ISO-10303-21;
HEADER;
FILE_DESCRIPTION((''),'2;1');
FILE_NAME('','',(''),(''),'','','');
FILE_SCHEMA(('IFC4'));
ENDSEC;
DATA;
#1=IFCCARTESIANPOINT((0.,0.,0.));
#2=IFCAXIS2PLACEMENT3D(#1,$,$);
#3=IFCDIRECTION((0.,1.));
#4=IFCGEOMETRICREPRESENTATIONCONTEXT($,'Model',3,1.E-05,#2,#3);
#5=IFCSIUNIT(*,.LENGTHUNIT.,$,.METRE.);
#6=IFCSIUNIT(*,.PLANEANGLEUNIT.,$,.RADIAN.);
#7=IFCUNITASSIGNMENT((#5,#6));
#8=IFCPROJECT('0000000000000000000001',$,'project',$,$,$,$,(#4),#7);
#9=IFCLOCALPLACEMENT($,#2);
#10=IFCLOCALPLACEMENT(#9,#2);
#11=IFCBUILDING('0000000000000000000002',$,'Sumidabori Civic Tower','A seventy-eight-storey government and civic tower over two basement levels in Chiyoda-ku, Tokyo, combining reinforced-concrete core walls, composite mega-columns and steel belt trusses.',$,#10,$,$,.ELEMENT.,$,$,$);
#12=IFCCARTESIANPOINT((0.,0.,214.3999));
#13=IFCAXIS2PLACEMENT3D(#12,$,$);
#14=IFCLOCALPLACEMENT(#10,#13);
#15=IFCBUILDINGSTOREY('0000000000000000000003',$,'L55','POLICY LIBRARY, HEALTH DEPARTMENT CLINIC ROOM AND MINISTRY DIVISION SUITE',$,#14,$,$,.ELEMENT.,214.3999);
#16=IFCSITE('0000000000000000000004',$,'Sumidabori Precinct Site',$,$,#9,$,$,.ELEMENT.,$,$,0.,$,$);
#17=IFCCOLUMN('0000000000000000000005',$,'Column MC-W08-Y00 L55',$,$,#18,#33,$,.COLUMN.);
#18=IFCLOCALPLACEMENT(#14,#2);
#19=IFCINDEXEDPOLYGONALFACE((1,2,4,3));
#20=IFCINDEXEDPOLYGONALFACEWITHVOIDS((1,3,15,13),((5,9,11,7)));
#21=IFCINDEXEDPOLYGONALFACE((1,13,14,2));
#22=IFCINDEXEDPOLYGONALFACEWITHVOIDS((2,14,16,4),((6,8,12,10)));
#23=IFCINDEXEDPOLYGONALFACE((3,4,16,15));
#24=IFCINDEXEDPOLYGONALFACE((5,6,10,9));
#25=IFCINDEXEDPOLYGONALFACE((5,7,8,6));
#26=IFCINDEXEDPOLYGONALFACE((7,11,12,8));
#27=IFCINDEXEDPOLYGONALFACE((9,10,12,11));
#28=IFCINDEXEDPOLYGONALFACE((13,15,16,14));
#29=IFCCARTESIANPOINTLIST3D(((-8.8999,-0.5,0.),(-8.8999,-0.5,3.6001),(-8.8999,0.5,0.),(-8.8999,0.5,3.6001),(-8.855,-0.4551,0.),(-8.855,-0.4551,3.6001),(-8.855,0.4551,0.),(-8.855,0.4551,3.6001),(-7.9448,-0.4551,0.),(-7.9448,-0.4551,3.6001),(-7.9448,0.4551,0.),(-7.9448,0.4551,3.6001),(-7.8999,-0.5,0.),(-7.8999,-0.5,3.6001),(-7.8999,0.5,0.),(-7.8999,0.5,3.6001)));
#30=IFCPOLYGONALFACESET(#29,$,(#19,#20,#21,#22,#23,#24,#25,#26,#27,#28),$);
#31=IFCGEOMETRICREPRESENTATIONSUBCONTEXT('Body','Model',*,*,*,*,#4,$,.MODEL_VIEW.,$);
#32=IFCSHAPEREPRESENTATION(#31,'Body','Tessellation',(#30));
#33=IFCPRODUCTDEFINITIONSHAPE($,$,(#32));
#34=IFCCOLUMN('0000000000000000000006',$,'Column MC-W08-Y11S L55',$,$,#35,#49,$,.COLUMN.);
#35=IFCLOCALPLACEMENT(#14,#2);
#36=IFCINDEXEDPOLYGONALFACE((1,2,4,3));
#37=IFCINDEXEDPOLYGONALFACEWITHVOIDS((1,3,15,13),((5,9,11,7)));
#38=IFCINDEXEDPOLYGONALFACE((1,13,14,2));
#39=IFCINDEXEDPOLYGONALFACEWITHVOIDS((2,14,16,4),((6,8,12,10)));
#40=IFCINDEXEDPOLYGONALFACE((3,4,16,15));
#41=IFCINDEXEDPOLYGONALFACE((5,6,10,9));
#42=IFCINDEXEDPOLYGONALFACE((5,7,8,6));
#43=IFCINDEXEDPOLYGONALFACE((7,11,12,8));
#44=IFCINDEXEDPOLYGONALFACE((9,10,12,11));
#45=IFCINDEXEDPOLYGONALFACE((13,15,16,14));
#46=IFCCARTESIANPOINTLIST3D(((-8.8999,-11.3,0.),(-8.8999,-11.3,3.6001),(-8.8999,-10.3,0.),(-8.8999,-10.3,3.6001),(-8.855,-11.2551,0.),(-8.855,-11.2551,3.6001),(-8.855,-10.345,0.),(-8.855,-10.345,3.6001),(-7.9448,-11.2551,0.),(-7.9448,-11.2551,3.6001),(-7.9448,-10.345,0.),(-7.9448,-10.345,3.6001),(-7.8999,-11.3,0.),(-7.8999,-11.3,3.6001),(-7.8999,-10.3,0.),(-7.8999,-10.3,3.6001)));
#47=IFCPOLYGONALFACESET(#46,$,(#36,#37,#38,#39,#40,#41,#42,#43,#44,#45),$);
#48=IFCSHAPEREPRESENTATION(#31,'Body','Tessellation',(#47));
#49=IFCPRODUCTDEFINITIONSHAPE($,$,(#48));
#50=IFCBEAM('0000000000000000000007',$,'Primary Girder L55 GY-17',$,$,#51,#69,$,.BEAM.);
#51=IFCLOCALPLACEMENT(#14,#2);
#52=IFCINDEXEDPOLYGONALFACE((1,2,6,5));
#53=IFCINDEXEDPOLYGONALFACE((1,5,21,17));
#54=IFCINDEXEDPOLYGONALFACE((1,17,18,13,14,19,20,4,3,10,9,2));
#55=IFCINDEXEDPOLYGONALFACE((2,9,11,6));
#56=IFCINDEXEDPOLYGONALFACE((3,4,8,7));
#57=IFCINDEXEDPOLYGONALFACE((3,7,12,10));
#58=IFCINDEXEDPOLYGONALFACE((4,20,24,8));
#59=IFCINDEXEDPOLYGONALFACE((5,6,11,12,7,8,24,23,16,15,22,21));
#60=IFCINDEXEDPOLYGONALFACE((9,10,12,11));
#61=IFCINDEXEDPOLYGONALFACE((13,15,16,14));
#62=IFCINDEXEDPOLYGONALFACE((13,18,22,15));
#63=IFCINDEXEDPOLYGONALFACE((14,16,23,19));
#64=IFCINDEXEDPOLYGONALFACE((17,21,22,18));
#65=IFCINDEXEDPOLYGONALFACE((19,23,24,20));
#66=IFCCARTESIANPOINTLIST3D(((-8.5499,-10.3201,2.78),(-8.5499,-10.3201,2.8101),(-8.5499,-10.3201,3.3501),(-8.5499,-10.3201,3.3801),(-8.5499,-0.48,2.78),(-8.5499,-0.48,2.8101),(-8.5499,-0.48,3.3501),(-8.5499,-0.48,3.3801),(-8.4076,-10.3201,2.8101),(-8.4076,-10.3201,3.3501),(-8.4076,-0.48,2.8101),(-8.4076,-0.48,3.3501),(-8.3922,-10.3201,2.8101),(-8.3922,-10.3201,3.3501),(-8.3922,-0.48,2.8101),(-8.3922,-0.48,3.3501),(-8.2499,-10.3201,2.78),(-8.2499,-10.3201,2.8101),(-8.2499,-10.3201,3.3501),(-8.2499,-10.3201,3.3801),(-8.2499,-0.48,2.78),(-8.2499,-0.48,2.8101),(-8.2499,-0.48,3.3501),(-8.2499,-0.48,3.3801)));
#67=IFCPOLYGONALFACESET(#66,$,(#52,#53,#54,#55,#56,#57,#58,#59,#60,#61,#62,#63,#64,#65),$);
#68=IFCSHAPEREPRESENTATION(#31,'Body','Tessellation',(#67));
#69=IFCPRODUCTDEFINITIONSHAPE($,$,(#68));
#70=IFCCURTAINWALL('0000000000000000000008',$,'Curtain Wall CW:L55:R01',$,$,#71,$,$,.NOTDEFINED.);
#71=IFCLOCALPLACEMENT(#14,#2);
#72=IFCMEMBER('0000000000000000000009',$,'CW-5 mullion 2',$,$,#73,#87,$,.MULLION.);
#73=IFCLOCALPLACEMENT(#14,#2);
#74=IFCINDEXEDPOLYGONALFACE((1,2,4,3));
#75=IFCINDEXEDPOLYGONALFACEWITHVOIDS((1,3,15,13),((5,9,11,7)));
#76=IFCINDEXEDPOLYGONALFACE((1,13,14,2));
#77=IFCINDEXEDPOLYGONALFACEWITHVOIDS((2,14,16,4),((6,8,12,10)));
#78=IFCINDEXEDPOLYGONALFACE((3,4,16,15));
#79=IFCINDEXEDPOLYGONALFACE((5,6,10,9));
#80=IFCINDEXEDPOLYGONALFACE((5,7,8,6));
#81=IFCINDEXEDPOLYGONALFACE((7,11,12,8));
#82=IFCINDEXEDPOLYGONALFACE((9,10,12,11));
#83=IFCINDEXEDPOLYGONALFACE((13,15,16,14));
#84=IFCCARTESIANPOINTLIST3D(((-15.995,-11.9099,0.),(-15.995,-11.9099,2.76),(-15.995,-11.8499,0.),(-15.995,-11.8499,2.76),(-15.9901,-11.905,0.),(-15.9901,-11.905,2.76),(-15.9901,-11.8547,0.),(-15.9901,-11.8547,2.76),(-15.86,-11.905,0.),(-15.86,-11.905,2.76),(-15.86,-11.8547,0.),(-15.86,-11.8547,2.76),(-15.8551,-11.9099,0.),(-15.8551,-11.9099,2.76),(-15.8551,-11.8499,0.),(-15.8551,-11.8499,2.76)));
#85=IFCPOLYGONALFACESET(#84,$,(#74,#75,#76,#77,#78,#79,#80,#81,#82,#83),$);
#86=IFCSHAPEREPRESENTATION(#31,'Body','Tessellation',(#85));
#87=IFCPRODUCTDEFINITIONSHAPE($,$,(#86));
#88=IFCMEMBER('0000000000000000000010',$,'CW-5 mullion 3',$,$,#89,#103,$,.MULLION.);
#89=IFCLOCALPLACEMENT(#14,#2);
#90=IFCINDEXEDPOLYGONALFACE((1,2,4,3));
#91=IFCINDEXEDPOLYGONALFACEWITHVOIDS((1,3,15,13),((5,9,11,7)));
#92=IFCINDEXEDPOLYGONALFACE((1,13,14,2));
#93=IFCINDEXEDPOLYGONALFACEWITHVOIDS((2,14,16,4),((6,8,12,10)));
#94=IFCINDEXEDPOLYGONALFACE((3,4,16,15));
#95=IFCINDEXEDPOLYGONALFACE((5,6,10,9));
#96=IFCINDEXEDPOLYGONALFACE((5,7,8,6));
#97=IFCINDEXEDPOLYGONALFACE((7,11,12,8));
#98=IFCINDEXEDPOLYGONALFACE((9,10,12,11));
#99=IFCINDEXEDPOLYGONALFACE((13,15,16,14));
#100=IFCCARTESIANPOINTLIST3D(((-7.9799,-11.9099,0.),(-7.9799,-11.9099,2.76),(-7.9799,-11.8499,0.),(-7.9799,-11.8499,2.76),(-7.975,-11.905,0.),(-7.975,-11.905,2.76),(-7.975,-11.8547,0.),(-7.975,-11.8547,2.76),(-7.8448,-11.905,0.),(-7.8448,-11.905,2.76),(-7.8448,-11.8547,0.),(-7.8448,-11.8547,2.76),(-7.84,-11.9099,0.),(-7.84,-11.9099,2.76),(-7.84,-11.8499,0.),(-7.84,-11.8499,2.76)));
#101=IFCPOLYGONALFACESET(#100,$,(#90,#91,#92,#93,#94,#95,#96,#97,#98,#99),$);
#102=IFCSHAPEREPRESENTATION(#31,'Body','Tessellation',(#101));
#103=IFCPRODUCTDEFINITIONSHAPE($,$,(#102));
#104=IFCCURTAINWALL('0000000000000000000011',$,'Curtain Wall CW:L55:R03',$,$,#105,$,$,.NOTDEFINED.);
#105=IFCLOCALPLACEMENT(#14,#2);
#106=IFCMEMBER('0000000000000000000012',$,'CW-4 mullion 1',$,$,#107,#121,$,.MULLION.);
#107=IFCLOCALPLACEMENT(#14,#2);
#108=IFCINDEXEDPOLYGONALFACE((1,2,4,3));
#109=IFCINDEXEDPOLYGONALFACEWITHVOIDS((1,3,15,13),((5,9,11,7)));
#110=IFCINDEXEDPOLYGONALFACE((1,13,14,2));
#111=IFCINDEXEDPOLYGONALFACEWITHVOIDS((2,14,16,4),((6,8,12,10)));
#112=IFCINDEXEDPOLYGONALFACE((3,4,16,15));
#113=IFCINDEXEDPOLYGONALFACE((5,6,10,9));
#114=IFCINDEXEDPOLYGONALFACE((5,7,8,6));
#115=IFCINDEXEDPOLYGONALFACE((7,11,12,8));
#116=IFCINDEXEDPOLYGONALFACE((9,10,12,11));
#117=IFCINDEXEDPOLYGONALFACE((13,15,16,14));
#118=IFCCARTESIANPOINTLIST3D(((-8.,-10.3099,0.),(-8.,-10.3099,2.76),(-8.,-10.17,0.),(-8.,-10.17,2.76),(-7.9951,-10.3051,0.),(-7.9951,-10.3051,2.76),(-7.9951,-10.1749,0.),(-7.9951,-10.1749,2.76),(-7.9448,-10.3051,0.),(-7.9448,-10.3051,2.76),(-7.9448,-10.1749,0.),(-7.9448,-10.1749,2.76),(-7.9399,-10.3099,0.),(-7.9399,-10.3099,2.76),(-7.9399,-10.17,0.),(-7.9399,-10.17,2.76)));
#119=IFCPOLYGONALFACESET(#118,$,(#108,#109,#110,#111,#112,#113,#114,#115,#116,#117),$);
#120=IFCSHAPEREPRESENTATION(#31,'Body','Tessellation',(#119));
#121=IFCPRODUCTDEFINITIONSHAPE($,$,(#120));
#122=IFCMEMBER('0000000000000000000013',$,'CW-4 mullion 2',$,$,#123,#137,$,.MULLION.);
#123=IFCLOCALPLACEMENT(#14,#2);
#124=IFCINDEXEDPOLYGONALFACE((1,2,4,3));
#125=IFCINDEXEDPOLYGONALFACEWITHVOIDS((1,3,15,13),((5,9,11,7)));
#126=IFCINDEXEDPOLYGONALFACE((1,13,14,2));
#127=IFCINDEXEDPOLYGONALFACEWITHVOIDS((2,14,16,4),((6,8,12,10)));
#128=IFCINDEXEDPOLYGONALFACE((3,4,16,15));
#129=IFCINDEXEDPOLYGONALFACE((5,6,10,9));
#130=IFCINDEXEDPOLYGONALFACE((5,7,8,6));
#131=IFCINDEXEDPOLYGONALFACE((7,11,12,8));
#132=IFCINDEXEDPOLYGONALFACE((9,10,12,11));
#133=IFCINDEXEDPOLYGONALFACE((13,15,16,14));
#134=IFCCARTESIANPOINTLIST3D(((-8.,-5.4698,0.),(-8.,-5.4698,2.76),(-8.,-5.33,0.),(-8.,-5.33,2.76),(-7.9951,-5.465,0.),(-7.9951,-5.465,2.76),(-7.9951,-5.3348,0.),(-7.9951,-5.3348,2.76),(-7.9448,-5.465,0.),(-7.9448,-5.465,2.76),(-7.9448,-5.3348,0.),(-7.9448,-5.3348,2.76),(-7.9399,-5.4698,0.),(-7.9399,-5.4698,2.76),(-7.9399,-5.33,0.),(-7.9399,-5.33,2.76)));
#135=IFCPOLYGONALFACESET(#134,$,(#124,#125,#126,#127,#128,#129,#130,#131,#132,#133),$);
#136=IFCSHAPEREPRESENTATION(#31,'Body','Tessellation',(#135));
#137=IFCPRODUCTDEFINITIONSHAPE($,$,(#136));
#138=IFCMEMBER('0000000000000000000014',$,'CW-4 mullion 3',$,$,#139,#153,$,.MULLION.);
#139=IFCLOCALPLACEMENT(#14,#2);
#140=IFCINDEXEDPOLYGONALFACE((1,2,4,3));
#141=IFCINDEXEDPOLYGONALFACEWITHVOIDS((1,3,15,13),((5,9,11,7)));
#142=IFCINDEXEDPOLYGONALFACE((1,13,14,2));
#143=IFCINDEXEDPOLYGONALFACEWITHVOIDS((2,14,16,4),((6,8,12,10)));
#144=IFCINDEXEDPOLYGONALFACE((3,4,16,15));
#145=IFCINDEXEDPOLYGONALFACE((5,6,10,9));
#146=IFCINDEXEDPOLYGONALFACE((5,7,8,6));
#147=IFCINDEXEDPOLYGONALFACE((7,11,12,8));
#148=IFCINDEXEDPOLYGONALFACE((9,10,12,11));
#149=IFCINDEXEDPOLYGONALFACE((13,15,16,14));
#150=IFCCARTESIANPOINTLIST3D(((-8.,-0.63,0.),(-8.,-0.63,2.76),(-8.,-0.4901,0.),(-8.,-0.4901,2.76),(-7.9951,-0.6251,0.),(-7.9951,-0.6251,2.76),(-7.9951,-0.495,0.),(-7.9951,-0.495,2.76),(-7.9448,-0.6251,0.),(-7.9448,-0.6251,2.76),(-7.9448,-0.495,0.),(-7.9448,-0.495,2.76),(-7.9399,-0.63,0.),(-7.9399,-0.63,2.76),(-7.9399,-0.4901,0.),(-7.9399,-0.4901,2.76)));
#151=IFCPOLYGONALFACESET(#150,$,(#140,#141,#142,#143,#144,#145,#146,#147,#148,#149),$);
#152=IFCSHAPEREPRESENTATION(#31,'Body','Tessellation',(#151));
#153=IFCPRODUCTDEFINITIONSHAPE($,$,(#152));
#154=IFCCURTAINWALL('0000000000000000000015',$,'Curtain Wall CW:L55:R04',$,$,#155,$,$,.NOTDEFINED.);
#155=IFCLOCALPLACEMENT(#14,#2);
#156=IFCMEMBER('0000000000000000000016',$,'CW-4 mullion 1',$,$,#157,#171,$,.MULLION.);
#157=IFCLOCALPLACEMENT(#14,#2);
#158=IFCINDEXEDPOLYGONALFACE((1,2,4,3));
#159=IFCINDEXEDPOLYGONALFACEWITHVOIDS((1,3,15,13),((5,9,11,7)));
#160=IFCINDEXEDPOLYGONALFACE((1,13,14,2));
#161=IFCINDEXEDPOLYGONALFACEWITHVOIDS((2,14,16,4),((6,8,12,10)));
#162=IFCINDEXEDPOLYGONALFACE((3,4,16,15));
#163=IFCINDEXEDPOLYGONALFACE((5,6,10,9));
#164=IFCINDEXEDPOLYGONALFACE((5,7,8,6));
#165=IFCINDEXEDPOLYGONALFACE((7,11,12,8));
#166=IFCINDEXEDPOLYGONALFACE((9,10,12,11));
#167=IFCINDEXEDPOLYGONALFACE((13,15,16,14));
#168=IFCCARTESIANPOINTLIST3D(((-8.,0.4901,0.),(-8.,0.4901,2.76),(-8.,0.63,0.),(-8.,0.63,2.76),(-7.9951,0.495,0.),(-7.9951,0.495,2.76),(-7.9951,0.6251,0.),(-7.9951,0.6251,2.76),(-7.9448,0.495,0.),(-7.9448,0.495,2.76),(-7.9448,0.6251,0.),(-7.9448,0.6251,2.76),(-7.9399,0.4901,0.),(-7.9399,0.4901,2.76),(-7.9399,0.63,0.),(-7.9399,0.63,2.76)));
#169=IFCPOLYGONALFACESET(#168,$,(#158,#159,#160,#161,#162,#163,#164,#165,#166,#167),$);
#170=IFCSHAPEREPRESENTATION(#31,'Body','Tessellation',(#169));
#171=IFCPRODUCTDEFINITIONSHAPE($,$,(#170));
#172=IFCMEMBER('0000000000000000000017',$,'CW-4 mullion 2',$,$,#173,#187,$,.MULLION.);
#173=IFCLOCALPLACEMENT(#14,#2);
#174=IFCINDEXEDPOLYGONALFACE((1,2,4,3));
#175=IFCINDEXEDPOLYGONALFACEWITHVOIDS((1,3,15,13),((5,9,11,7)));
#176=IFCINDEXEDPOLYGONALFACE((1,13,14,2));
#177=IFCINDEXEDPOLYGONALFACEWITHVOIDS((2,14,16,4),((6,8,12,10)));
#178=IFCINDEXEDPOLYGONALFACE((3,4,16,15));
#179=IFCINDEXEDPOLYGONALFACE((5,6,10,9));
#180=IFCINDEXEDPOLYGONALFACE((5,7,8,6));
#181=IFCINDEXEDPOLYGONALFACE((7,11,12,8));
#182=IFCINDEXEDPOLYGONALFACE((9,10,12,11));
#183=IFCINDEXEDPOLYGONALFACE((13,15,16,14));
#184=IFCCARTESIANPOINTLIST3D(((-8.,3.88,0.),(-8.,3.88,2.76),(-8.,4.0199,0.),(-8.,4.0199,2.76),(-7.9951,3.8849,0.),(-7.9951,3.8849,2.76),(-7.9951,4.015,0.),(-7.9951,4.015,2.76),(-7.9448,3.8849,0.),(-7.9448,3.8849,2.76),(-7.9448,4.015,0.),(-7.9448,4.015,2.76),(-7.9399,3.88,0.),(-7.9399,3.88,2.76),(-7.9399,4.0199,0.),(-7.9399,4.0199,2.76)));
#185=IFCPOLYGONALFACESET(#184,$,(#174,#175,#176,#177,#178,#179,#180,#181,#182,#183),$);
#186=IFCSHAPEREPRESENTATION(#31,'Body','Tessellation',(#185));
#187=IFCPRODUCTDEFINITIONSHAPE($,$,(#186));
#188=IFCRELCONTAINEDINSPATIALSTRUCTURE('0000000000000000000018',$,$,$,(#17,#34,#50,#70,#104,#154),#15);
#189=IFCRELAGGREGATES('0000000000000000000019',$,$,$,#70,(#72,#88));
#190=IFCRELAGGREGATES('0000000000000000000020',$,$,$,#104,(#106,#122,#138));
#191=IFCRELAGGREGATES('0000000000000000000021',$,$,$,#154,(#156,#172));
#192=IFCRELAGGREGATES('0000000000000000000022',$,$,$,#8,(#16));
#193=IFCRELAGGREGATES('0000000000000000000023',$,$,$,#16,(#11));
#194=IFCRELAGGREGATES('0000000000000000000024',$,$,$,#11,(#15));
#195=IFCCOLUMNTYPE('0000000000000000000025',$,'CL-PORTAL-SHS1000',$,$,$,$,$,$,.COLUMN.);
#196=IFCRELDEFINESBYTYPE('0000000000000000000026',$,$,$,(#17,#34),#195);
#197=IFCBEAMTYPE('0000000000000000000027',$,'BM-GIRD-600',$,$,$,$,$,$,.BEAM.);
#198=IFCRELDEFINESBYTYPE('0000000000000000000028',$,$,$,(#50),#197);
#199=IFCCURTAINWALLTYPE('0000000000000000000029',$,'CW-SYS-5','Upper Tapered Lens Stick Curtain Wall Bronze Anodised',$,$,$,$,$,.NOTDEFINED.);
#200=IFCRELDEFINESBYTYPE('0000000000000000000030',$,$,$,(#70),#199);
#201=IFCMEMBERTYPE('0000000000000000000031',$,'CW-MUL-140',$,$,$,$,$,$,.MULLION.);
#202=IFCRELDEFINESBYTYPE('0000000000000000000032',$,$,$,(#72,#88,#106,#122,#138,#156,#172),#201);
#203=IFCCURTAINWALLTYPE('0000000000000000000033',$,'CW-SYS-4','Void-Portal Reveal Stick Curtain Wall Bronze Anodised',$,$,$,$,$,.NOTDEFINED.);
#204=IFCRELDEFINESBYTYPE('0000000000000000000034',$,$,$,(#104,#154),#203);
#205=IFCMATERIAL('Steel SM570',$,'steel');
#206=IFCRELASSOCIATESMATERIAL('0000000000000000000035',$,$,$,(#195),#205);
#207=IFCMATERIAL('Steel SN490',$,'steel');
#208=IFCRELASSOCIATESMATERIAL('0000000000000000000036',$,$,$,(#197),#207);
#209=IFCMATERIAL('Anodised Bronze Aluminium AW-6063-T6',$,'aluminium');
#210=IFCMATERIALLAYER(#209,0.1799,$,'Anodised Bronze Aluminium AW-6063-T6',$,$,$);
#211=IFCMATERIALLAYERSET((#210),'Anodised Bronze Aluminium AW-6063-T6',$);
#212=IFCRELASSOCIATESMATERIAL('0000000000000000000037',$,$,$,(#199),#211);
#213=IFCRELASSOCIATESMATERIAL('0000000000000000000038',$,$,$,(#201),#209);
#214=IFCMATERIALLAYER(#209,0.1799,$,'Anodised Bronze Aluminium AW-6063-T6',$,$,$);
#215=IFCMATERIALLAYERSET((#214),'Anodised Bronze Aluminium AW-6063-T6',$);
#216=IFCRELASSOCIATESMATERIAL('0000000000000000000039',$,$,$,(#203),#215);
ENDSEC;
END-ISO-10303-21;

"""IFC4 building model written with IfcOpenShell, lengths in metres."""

from ifc_helpers import new_model, si_unit, direction, frame, origin, origin_2d, place, context, subcontext, project, spatial, hollow_rectangle, i_section, extrude, source, transform, mapped, material, layer, layer_set, material_profile, profile_set, type_object, element, aggregate, save


model = new_model("IFC4")

# Units and contexts
model_context = context("Model", 3, precision=1e-05, world=origin(), true_north=direction((0.0, 1.0)))
body_context = subcontext(model_context, "Body", "Model", "MODEL_VIEW")
ifc_project = project(units=[si_unit("LENGTHUNIT", "METRE"), si_unit("PLANEANGLEUNIT", "RADIAN")], contexts=[model_context])

# Site, building, storey
site_placement = place(None, origin())
site = spatial("IfcSite", under=ifc_project, at=site_placement, Name="Sumidabori Precinct Site", CompositionType="ELEMENT", RefElevation=0.0)
building_placement = place(site_placement, origin())
building = spatial("IfcBuilding", under=site, at=building_placement, Name="Sumidabori Civic Tower", Description="A seventy-eight-storey government and civic tower over two basement levels in Chiyoda-ku, Tokyo, combining reinforced-concrete core walls, composite mega-columns and steel belt trusses.", CompositionType="ELEMENT")
storey_placement = place(building_placement, frame((0.0, 0.0, 214.3999)))
storey = spatial("IfcBuildingStorey", under=building, at=storey_placement, Name="L55", Description="POLICY LIBRARY, HEALTH DEPARTMENT CLINIC ROOM AND MINISTRY DIVISION SUITE", CompositionType="ELEMENT", Elevation=214.3999)

# Columns
ifc_material_1 = material(Name="Steel SM570", Category="steel")
ifc_material_profile_1 = material_profile(ifc_material_1, hollow_rectangle(XDim=1.0, YDim=1.0, WallThickness=0.0449, at=origin_2d()), Name="SHS 1000x1000x45")
ifc_profile_set_1 = profile_set([ifc_material_profile_1], Name="Steel SM570")
column_type = type_object("IfcColumnType", Name="CL-PORTAL-SHS1000", PredefinedType="COLUMN", material=ifc_profile_set_1)
shared_shape_1 = source(origin(), body_context, "Body", "SweptSolid", [
    extrude(hollow_rectangle(XDim=1.0, YDim=1.0, WallThickness=0.0449, at=origin_2d()), origin(), (0.0, 0.0, 1.0), 3.6001),
])
for number, where, z_axis, x_axis, name in (
    (1, (-8.3999, 0.0, 0.0), (0.0, 0.0, 1.0), (1.0, 0.0, 0.0), "Column MC-W08-Y00 L55"),
    (2, (-8.3999, -10.8, 0.0), (0.0, 0.0, 1.0), (1.0, 0.0, 0.0), "Column MC-W08-Y11S L55"),
):
    element("IfcColumn", number, at=place(storey_placement, frame(where, z_axis=z_axis, x_axis=x_axis)), inside=storey, type_object=column_type, Name=name, PredefinedType="COLUMN", context=body_context, shape_type="MappedRepresentation", body=[
        mapped(shared_shape_1, transform((0.0, 0.0, 0.0), x_axis=(1.0, 0.0, 0.0), y_axis=(0.0, 1.0, 0.0), z_axis=(0.0, 0.0, 1.0), scale=1.0)),
    ])

# Beam
ifc_material_2 = material(Name="Steel SN490", Category="steel")
ifc_material_profile_2 = material_profile(ifc_material_2, i_section(OverallWidth=0.3, OverallDepth=0.6001, WebThickness=0.0154, FlangeThickness=0.03, at=origin_2d()), Name="HE 600 B")
ifc_profile_set_2 = profile_set([ifc_material_profile_2], Name="Steel SN490")
beam_type = type_object("IfcBeamType", Name="BM-GIRD-600", PredefinedType="BEAM", material=ifc_profile_set_2)
shared_shape_2 = source(origin(), body_context, "Body", "SweptSolid", [
    extrude(i_section(OverallWidth=0.3, OverallDepth=0.6001, WebThickness=0.0154, FlangeThickness=0.03, at=origin_2d()), origin(), (0.0, 0.0, 1.0), 9.8401),
])
beam_placement = place(storey_placement, frame((-8.3999, -10.3201, 3.0801), z_axis=(0.0, 1.0, 0.0), x_axis=(-1.0, 0.0, 0.0)))
element("IfcBeam", 3, at=beam_placement, inside=storey, type_object=beam_type, Name="Primary Girder L55 GY-17", PredefinedType="BEAM", context=body_context, shape_type="MappedRepresentation", body=[
    mapped(shared_shape_2, transform((0.0, 0.0, 0.0), x_axis=(1.0, 0.0, 0.0), y_axis=(0.0, 1.0, 0.0), z_axis=(0.0, 0.0, 1.0), scale=1.0)),
])

# Curtain walls, members
ifc_material_3 = material(Name="Anodised Bronze Aluminium AW-6063-T6", Category="aluminium")
ifc_layer_1 = layer(ifc_material_3, 0.1799, Name="Anodised Bronze Aluminium AW-6063-T6")
ifc_layer_set_1 = layer_set([ifc_layer_1], Name="Anodised Bronze Aluminium AW-6063-T6")
curtain_wall_type_1 = type_object("IfcCurtainWallType", Name="CW-SYS-5", Description="Upper Tapered Lens Stick Curtain Wall Bronze Anodised", PredefinedType="NOTDEFINED", material=ifc_layer_set_1)
curtain_wall_1_placement = place(storey_placement, origin())
curtain_wall_1 = element("IfcCurtainWall", 4, at=curtain_wall_1_placement, inside=storey, type_object=curtain_wall_type_1, Name="Curtain Wall CW:L55:R01", PredefinedType="NOTDEFINED")
ifc_material_profile_3 = material_profile(ifc_material_3, hollow_rectangle(XDim=0.0601, YDim=0.1399, WallThickness=0.0049, at=origin_2d()), Name="ALU MULLION 140x60")
ifc_profile_set_3 = profile_set([ifc_material_profile_3], Name="Anodised Bronze Aluminium AW-6063-T6")
member_type_1 = type_object("IfcMemberType", Name="CW-MUL-140", PredefinedType="MULLION", material=ifc_profile_set_3)
shared_shape_3 = source(origin(), body_context, "Body", "SweptSolid", [
    extrude(hollow_rectangle(XDim=0.0601, YDim=0.1399, WallThickness=0.0049, at=origin_2d()), origin(), (0.0, 0.0, 1.0), 2.76),
])
member_1_placement = place(storey_placement, frame((-15.925, -11.8799, 0.0), z_axis=(0.0, 0.0, 1.0), x_axis=(0.0, 1.0, 0.0)))
member_1 = element("IfcMember", 5, at=member_1_placement, type_object=member_type_1, Name="CW-5 mullion 2", PredefinedType="MULLION", context=body_context, shape_type="MappedRepresentation", body=[
    mapped(shared_shape_3, transform((0.0, 0.0, 0.0), x_axis=(1.0, 0.0, 0.0), y_axis=(0.0, 1.0, 0.0), z_axis=(0.0, 0.0, 1.0), scale=1.0)),
])
member_2_placement = place(storey_placement, frame((-7.9099, -11.8799, 0.0), z_axis=(0.0, 0.0, 1.0), x_axis=(0.0, 1.0, 0.0)))
member_2 = element("IfcMember", 6, at=member_2_placement, type_object=member_type_1, Name="CW-5 mullion 3", PredefinedType="MULLION", context=body_context, shape_type="MappedRepresentation", body=[
    mapped(shared_shape_3, transform((0.0, 0.0, 0.0), x_axis=(1.0, 0.0, 0.0), y_axis=(0.0, 1.0, 0.0), z_axis=(0.0, 0.0, 1.0), scale=1.0)),
])
ifc_layer_2 = layer(ifc_material_3, 0.1799, Name="Anodised Bronze Aluminium AW-6063-T6")
ifc_layer_set_2 = layer_set([ifc_layer_2], Name="Anodised Bronze Aluminium AW-6063-T6")
curtain_wall_type_2 = type_object("IfcCurtainWallType", Name="CW-SYS-4", Description="Void-Portal Reveal Stick Curtain Wall Bronze Anodised", PredefinedType="NOTDEFINED", material=ifc_layer_set_2)
curtain_wall_2_placement = place(storey_placement, origin())
curtain_wall_2 = element("IfcCurtainWall", 7, at=curtain_wall_2_placement, inside=storey, type_object=curtain_wall_type_2, Name="Curtain Wall CW:L55:R03", PredefinedType="NOTDEFINED")
member_3_placement = place(storey_placement, frame((-7.97, -10.24, 0.0), z_axis=(0.0, 0.0, 1.0), x_axis=(-1.0, 0.0, 0.0)))
member_3 = element("IfcMember", 8, at=member_3_placement, type_object=member_type_1, Name="CW-4 mullion 1", PredefinedType="MULLION", context=body_context, shape_type="MappedRepresentation", body=[
    mapped(shared_shape_3, transform((0.0, 0.0, 0.0), x_axis=(1.0, 0.0, 0.0), y_axis=(0.0, 1.0, 0.0), z_axis=(0.0, 0.0, 1.0), scale=1.0)),
])
member_4_placement = place(storey_placement, frame((-7.97, -5.3999, 0.0), z_axis=(0.0, 0.0, 1.0), x_axis=(-1.0, 0.0, 0.0)))
member_4 = element("IfcMember", 9, at=member_4_placement, type_object=member_type_1, Name="CW-4 mullion 2", PredefinedType="MULLION", context=body_context, shape_type="MappedRepresentation", body=[
    mapped(shared_shape_3, transform((0.0, 0.0, 0.0), x_axis=(1.0, 0.0, 0.0), y_axis=(0.0, 1.0, 0.0), z_axis=(0.0, 0.0, 1.0), scale=1.0)),
])
member_5_placement = place(storey_placement, frame((-7.97, -0.5601, 0.0), z_axis=(0.0, 0.0, 1.0), x_axis=(-1.0, 0.0, 0.0)))
member_5 = element("IfcMember", 10, at=member_5_placement, type_object=member_type_1, Name="CW-4 mullion 3", PredefinedType="MULLION", context=body_context, shape_type="MappedRepresentation", body=[
    mapped(shared_shape_3, transform((0.0, 0.0, 0.0), x_axis=(1.0, 0.0, 0.0), y_axis=(0.0, 1.0, 0.0), z_axis=(0.0, 0.0, 1.0), scale=1.0)),
])
curtain_wall_3_placement = place(storey_placement, origin())
curtain_wall_3 = element("IfcCurtainWall", 11, at=curtain_wall_3_placement, inside=storey, type_object=curtain_wall_type_2, Name="Curtain Wall CW:L55:R04", PredefinedType="NOTDEFINED")
member_6_placement = place(storey_placement, frame((-7.97, 0.5601, 0.0), z_axis=(0.0, 0.0, 1.0), x_axis=(-1.0, 0.0, 0.0)))
member_6 = element("IfcMember", 12, at=member_6_placement, type_object=member_type_1, Name="CW-4 mullion 1", PredefinedType="MULLION", context=body_context, shape_type="MappedRepresentation", body=[
    mapped(shared_shape_3, transform((0.0, 0.0, 0.0), x_axis=(1.0, 0.0, 0.0), y_axis=(0.0, 1.0, 0.0), z_axis=(0.0, 0.0, 1.0), scale=1.0)),
])
member_7_placement = place(storey_placement, frame((-7.97, 3.95, 0.0), z_axis=(0.0, 0.0, 1.0), x_axis=(-1.0, 0.0, 0.0)))
member_7 = element("IfcMember", 13, at=member_7_placement, type_object=member_type_1, Name="CW-4 mullion 2", PredefinedType="MULLION", context=body_context, shape_type="MappedRepresentation", body=[
    mapped(shared_shape_3, transform((0.0, 0.0, 0.0), x_axis=(1.0, 0.0, 0.0), y_axis=(0.0, 1.0, 0.0), z_axis=(0.0, 0.0, 1.0), scale=1.0)),
])

aggregate(curtain_wall_1, [member_1, member_2])
aggregate(curtain_wall_2, [member_3, member_4, member_5])
aggregate(curtain_wall_3, [member_6, member_7])

save(model, "model.ifc")
